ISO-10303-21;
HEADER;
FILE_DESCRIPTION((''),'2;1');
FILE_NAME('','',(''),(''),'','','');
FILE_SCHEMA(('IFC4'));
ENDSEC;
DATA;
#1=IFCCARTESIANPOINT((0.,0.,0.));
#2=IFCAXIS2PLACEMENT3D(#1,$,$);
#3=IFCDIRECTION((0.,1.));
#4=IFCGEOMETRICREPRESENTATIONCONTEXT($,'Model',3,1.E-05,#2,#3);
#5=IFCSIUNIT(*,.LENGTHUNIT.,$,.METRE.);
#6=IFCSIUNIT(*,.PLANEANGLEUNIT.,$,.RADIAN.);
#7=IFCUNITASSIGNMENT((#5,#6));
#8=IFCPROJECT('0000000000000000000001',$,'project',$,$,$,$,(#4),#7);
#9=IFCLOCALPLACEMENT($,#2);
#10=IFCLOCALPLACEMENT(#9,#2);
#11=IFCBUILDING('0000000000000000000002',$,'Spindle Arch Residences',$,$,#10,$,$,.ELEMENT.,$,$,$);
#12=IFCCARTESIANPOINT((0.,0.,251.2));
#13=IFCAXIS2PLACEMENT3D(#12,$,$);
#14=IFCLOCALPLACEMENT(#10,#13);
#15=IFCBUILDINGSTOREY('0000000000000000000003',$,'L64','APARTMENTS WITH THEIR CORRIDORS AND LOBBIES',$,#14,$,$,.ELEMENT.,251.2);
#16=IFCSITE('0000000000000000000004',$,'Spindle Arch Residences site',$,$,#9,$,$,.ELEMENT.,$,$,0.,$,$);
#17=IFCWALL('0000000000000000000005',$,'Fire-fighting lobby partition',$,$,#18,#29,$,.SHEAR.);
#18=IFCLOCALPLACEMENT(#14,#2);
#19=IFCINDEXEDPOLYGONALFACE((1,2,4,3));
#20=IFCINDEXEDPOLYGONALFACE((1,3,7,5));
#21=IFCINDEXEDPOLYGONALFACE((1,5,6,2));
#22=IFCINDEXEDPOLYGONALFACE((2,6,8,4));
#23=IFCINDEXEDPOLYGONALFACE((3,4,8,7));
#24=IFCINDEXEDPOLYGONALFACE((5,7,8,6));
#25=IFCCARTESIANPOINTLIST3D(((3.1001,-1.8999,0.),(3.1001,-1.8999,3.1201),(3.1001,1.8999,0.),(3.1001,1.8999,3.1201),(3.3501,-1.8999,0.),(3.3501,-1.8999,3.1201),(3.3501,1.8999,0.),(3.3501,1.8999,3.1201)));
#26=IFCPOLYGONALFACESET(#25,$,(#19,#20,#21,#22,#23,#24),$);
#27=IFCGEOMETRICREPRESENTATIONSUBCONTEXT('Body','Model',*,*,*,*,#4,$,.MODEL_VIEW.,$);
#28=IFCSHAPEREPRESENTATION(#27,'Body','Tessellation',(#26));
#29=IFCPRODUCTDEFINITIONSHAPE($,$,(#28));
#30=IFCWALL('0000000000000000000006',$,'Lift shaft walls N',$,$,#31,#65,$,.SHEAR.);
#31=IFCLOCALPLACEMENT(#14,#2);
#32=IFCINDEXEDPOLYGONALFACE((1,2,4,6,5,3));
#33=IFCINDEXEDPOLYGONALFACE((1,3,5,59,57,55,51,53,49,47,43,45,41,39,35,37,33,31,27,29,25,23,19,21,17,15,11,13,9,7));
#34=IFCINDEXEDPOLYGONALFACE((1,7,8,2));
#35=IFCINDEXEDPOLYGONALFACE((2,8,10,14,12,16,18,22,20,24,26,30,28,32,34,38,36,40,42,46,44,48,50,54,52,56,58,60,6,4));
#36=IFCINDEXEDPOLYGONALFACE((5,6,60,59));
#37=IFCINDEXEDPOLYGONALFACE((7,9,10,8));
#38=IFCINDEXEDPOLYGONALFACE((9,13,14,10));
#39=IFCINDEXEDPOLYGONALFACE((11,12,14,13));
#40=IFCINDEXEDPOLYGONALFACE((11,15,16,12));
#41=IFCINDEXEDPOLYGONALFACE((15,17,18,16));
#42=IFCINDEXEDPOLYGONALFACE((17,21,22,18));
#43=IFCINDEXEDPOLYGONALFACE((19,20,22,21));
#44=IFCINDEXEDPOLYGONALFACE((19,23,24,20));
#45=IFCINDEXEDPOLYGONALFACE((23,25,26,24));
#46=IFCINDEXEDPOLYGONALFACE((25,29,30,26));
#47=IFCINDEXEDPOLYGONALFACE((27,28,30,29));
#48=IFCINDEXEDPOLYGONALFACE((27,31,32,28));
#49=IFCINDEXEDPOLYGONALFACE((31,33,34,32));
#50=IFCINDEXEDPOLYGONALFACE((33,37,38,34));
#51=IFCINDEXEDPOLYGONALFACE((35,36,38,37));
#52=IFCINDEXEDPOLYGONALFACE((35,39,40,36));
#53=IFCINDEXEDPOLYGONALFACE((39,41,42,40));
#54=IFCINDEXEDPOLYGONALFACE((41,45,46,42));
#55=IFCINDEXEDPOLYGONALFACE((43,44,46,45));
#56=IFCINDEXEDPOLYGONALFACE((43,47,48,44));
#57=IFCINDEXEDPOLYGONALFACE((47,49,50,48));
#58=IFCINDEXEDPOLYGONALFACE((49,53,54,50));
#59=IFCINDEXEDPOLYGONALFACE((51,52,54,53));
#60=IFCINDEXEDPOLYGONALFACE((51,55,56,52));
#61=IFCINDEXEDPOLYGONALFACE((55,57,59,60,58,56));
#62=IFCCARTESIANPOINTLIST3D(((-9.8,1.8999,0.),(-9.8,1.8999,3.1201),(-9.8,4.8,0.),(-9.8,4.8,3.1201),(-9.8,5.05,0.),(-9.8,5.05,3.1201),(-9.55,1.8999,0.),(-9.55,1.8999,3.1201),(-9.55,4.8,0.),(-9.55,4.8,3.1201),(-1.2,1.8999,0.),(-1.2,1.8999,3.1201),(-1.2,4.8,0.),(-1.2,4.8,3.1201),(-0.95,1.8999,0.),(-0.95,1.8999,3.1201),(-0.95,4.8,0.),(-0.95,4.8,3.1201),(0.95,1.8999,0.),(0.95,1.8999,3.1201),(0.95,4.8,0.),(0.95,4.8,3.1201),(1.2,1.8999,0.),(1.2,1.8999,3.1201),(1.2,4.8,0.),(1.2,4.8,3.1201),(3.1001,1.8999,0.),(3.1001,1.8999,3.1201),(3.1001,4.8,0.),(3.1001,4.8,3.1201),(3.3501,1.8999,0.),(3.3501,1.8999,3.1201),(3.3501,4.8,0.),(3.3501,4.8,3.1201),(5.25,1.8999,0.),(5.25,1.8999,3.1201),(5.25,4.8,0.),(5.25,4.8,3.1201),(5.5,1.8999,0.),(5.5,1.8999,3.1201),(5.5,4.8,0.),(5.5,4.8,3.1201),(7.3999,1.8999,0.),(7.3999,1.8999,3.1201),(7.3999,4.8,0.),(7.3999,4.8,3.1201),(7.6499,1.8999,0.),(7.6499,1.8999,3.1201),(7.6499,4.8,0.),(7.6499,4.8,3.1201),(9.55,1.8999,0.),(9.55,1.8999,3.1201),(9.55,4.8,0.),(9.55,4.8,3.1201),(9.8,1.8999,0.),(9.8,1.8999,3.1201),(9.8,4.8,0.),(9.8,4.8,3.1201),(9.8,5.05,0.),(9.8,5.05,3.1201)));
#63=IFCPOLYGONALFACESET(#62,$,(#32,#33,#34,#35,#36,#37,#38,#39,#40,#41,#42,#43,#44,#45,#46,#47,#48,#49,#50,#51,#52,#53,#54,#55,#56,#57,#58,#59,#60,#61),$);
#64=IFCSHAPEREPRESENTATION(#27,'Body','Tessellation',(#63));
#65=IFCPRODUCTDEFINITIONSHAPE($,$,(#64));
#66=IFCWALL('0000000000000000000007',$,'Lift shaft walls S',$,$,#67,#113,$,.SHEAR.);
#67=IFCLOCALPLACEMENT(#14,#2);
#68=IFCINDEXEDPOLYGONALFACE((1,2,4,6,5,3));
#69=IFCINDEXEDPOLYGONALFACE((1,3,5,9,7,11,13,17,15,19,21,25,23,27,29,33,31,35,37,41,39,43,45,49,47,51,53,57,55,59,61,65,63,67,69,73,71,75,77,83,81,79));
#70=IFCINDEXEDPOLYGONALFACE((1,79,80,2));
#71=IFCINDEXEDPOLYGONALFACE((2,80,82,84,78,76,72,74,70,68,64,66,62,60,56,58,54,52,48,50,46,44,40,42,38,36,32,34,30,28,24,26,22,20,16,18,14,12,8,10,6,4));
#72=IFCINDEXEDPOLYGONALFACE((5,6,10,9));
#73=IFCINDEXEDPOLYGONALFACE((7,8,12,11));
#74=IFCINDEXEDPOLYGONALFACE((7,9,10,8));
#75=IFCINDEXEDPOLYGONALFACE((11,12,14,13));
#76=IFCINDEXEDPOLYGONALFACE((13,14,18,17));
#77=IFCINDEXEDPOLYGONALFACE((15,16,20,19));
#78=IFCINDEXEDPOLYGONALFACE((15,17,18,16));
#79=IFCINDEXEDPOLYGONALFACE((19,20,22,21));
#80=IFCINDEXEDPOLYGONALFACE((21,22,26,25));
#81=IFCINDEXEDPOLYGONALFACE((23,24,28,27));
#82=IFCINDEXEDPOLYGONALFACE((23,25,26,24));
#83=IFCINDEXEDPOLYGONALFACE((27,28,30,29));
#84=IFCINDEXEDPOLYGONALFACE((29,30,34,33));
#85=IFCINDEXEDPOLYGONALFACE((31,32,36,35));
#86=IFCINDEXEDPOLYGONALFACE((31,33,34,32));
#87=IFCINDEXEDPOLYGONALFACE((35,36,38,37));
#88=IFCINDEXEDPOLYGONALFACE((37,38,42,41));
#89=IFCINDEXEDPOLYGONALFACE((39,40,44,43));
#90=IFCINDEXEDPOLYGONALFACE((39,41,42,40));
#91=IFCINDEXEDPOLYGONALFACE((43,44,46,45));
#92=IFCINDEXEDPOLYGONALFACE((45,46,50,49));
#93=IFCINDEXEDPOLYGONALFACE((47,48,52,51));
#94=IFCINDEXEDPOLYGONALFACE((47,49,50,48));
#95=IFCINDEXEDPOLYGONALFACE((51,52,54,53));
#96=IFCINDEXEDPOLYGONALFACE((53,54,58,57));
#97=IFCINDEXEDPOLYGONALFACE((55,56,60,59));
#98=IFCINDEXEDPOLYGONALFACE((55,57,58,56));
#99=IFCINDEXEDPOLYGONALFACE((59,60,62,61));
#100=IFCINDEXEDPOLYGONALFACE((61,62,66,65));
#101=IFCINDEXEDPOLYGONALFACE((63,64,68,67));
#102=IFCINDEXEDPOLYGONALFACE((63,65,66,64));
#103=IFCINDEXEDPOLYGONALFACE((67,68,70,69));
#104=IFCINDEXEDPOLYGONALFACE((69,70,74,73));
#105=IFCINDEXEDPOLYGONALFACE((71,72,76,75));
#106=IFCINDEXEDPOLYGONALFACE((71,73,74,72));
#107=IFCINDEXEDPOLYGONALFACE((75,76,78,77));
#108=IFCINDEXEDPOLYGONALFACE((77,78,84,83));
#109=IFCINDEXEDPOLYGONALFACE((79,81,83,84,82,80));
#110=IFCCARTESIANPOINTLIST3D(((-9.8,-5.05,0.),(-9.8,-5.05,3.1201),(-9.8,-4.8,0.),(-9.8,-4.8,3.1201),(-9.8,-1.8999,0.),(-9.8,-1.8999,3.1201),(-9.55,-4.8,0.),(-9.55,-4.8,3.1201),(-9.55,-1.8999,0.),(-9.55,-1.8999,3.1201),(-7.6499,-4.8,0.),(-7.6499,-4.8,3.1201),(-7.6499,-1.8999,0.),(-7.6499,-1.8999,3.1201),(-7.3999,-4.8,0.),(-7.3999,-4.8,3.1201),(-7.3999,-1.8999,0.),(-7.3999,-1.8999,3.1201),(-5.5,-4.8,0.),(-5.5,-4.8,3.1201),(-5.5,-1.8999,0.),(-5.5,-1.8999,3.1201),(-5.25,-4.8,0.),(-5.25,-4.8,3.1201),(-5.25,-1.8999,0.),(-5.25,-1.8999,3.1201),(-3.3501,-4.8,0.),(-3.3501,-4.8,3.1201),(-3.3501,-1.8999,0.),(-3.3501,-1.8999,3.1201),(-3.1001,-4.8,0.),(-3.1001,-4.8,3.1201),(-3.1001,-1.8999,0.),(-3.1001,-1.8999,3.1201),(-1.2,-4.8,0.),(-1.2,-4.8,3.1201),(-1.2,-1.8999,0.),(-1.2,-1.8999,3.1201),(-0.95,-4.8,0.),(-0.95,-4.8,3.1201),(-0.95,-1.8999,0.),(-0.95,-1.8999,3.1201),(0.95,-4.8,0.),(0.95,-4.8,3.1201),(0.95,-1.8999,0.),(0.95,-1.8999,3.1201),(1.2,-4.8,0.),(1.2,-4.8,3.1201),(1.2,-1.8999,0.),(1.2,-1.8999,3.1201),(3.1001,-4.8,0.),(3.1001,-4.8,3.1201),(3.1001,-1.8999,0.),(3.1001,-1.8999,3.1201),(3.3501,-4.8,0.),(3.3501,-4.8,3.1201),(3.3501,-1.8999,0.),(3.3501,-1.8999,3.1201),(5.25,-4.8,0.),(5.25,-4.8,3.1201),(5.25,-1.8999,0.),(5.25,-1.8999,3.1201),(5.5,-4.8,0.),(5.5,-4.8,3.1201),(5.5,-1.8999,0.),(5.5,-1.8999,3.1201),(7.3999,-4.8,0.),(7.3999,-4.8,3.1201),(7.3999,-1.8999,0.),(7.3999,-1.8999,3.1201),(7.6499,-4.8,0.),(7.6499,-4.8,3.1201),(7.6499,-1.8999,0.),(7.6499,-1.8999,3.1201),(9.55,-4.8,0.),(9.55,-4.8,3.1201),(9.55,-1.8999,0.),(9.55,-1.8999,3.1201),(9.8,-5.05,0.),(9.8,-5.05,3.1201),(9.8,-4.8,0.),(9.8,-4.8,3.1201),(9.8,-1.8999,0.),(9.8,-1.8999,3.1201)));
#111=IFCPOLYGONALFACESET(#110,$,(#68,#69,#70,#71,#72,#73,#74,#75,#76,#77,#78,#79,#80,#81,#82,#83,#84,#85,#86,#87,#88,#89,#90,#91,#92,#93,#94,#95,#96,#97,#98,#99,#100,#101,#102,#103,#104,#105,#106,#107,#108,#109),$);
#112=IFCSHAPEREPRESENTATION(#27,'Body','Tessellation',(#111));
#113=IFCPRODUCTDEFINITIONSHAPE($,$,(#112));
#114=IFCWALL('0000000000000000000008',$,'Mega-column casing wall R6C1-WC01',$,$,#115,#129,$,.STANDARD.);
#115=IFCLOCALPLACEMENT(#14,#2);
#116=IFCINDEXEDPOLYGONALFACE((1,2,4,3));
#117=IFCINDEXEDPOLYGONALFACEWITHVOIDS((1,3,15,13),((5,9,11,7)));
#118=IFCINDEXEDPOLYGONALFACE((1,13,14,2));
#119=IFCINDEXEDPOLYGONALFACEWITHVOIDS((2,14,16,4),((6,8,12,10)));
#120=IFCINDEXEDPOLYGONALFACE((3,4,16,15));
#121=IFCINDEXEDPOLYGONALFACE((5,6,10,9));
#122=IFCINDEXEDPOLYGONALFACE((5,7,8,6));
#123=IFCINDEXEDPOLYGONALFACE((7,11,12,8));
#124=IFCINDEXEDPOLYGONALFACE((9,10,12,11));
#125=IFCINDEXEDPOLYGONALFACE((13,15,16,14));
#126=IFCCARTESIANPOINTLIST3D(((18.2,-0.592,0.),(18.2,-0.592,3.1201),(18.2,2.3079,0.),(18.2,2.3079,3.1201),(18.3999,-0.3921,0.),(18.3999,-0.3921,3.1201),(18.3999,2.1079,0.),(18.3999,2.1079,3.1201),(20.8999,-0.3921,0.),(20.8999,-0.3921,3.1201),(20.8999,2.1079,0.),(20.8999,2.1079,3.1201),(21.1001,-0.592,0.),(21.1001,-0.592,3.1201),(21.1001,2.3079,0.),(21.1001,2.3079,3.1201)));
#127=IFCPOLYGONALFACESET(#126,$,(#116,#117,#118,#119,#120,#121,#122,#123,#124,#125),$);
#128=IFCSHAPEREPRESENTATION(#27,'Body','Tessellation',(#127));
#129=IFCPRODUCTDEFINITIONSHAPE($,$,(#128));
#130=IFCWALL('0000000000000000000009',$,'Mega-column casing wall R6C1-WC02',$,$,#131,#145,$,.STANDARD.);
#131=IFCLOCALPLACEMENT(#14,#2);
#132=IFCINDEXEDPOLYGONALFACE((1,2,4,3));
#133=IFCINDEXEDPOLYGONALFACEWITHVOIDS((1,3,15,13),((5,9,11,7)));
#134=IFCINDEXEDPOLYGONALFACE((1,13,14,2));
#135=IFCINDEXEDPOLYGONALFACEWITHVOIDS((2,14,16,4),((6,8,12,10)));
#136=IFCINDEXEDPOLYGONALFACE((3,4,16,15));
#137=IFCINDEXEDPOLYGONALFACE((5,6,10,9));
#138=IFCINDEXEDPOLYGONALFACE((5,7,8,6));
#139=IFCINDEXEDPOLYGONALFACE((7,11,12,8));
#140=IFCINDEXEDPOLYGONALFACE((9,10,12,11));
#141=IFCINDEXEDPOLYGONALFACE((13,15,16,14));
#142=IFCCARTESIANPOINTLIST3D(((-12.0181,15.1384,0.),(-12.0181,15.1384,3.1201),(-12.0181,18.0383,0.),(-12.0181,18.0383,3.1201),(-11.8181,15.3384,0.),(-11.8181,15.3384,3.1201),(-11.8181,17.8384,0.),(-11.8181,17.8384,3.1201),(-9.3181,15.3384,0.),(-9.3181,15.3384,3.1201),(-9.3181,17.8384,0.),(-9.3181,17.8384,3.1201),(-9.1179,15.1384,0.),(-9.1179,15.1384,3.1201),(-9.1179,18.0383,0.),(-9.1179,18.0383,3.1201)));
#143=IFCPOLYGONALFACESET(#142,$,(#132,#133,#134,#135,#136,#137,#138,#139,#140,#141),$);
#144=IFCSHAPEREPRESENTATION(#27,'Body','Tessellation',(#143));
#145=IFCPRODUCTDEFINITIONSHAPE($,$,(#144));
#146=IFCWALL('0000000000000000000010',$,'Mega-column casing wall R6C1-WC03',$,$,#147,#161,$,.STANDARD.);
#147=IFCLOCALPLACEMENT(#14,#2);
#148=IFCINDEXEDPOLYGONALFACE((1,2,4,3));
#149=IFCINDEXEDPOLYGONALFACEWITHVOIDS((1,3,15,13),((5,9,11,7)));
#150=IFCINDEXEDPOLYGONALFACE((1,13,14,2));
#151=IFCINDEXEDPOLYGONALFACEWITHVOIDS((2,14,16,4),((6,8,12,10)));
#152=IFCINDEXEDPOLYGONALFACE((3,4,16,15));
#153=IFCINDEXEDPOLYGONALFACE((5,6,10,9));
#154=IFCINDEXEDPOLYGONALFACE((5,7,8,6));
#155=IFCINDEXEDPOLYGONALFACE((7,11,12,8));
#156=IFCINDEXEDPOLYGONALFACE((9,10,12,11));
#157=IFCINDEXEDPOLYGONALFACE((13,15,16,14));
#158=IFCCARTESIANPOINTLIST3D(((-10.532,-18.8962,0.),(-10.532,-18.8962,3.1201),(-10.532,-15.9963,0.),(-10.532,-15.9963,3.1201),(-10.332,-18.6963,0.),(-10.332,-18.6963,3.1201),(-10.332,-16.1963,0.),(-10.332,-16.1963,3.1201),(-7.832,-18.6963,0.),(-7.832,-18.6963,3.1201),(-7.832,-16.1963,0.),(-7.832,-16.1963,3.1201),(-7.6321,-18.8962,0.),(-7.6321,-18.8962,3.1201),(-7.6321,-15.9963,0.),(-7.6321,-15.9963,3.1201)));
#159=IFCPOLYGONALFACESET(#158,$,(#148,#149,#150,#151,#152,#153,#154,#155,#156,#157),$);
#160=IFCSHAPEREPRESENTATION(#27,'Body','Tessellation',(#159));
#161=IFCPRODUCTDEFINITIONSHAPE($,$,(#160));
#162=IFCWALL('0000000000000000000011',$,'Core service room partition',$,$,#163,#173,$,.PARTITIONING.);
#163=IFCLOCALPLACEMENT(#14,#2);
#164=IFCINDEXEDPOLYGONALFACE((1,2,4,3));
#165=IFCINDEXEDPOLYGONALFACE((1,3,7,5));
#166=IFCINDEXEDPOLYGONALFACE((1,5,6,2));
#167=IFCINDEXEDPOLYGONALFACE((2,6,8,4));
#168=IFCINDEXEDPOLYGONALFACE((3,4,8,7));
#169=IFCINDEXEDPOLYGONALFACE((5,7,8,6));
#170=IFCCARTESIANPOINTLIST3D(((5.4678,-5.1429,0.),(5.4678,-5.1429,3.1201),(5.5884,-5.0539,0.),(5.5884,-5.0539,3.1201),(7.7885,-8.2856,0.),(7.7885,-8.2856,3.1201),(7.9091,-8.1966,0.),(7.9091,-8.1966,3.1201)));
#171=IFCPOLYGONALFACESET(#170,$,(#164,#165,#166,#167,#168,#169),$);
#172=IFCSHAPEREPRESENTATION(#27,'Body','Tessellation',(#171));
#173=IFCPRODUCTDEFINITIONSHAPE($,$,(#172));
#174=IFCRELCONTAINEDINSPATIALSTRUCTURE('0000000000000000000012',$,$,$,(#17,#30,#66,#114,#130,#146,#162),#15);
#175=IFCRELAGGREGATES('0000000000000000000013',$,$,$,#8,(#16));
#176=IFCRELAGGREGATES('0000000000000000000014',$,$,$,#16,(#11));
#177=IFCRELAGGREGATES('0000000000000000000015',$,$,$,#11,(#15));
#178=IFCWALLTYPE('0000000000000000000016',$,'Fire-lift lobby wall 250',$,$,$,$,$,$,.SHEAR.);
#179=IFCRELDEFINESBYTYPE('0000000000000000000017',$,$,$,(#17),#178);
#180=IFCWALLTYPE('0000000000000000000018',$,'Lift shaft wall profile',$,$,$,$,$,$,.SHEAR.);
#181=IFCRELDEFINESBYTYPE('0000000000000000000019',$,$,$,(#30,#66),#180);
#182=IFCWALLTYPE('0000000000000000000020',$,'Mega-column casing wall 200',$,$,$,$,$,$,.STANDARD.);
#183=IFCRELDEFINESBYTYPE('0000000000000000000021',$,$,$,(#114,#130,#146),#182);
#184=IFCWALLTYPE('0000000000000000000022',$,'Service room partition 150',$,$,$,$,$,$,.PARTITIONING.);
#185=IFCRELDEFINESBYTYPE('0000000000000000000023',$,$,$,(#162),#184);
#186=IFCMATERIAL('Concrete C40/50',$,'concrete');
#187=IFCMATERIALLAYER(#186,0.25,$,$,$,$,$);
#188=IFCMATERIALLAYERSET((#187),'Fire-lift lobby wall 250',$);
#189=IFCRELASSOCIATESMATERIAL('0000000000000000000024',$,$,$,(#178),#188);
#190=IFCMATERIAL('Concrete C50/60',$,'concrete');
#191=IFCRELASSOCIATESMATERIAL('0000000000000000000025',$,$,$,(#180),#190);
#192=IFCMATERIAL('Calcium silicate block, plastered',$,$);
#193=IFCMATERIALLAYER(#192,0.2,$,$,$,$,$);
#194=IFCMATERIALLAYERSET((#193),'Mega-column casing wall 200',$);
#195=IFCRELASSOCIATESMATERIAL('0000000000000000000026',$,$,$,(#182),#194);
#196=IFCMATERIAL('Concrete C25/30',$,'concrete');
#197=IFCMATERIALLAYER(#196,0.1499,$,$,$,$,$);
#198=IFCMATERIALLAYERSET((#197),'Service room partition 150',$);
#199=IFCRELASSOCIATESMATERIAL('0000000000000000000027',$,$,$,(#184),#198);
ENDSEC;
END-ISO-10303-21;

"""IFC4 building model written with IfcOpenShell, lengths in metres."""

from ifc_helpers import new_model, si_unit, direction, frame, frame_2d, origin, place, context, subcontext, project, spatial, polyline, rectangle, outline, extrude, material, layer, layer_set, type_object, element, save


model = new_model("IFC4")

# Units and contexts
model_context = context("Model", 3, precision=1e-05, world=origin(), true_north=direction((0.0, 1.0)))
body_context = subcontext(model_context, "Body", "Model", "MODEL_VIEW")
ifc_project = project(units=[si_unit("LENGTHUNIT", "METRE"), si_unit("PLANEANGLEUNIT", "RADIAN")], contexts=[model_context])

# Site, building, storey
site_placement = place(None, origin())
site = spatial("IfcSite", under=ifc_project, at=site_placement, Name="Spindle Arch Residences site", CompositionType="ELEMENT", RefElevation=0.0)
building_placement = place(site_placement, origin())
building = spatial("IfcBuilding", under=site, at=building_placement, Name="Spindle Arch Residences", CompositionType="ELEMENT")
storey_placement = place(building_placement, frame((0.0, 0.0, 251.2)))
storey = spatial("IfcBuildingStorey", under=building, at=storey_placement, Name="L64", Description="APARTMENTS WITH THEIR CORRIDORS AND LOBBIES", CompositionType="ELEMENT", Elevation=251.2)

# Wall
ifc_material_1 = material(Name="Concrete C40/50", Category="concrete")
ifc_layer_1 = layer(ifc_material_1, 0.25)
ifc_layer_set_1 = layer_set([ifc_layer_1], Name="Fire-lift lobby wall 250")
wall_type_1 = type_object("IfcWallType", Name="Fire-lift lobby wall 250", PredefinedType="SHEAR", material=ifc_layer_set_1)
wall_1_placement = place(storey_placement, frame((3.2251, -1.8999, 0.0), z_axis=(0.0, 0.0, 1.0), x_axis=(0.0, 1.0, 0.0)))
element("IfcWall", 1, at=wall_1_placement, inside=storey, type_object=wall_type_1, Name="Fire-fighting lobby partition", PredefinedType="SHEAR", context=body_context, shape_type="SweptSolid", body=[
    extrude(rectangle(XDim=3.7998, YDim=0.25, at=frame_2d((1.8999, 0.0))), origin(), (0.0, 0.0, 1.0), 3.1201),
])

# Walls
ifc_material_2 = material(Name="Concrete C50/60", Category="concrete")
wall_type_2 = type_object("IfcWallType", Name="Lift shaft wall profile", PredefinedType="SHEAR", material=ifc_material_2)
wall_2_placement = place(storey_placement, origin())
element("IfcWall", 2, at=wall_2_placement, inside=storey, type_object=wall_type_2, Name="Lift shaft walls N", PredefinedType="SHEAR", context=body_context, shape_type="SweptSolid", body=[
    extrude(outline(polyline([(-9.55, 4.8), (-1.2, 4.8), (-1.2, 1.8999), (-0.95, 1.8999), (-0.95, 4.8), (0.95, 4.8), (0.95, 1.8999), (1.2, 1.8999), (1.2, 4.8), (3.1001, 4.8), (3.1001, 1.8999), (3.3501, 1.8999), (3.3501, 4.8), (5.25, 4.8), (5.25, 1.8999), (5.5, 1.8999), (5.5, 4.8), (7.3999, 4.8), (7.3999, 1.8999), (7.6499, 1.8999), (7.6499, 4.8), (9.55, 4.8), (9.55, 1.8999), (9.8, 1.8999), (9.8, 4.8), (9.8, 5.05), (-9.8, 5.05), (-9.8, 4.8), (-9.8, 1.8999), (-9.55, 1.8999), (-9.55, 4.8)])), origin(), (0.0, 0.0, 1.0), 3.1201),
])
wall_3_placement = place(storey_placement, origin())
element("IfcWall", 3, at=wall_3_placement, inside=storey, type_object=wall_type_2, Name="Lift shaft walls S", PredefinedType="SHEAR", context=body_context, shape_type="SweptSolid", body=[
    extrude(outline(polyline([(9.8, -5.05), (9.8, -4.8), (9.8, -1.8999), (9.55, -1.8999), (9.55, -4.8), (7.6499, -4.8), (7.6499, -1.8999), (7.3999, -1.8999), (7.3999, -4.8), (5.5, -4.8), (5.5, -1.8999), (5.25, -1.8999), (5.25, -4.8), (3.3501, -4.8), (3.3501, -1.8999), (3.1001, -1.8999), (3.1001, -4.8), (1.2, -4.8), (1.2, -1.8999), (0.95, -1.8999), (0.95, -4.8), (-0.95, -4.8), (-0.95, -1.8999), (-1.2, -1.8999), (-1.2, -4.8), (-3.1001, -4.8), (-3.1001, -1.8999), (-3.3501, -1.8999), (-3.3501, -4.8), (-5.25, -4.8), (-5.25, -1.8999), (-5.5, -1.8999), (-5.5, -4.8), (-7.3999, -4.8), (-7.3999, -1.8999), (-7.6499, -1.8999), (-7.6499, -4.8), (-9.55, -4.8), (-9.55, -1.8999), (-9.8, -1.8999), (-9.8, -4.8), (-9.8, -5.05), (9.8, -5.05)])), origin(), (0.0, 0.0, 1.0), 3.1201),
])
ifc_material_3 = material(Name="Calcium silicate block, plastered")
ifc_layer_2 = layer(ifc_material_3, 0.2)
ifc_layer_set_2 = layer_set([ifc_layer_2], Name="Mega-column casing wall 200")
wall_type_3 = type_object("IfcWallType", Name="Mega-column casing wall 200", PredefinedType="STANDARD", material=ifc_layer_set_2)
wall_4_placement = place(storey_placement, origin())
element("IfcWall", 4, at=wall_4_placement, inside=storey, type_object=wall_type_3, Name="Mega-column casing wall R6C1-WC01", PredefinedType="STANDARD", context=body_context, shape_type="SweptSolid", body=[
    extrude(outline(polyline([(21.1001, 2.3079), (21.1001, -0.592), (18.2, -0.592), (18.2, 2.3079), (21.1001, 2.3079)]), holes=[polyline([(18.3999, -0.3921), (20.8999, -0.3921), (20.8999, 2.1079), (18.3999, 2.1079), (18.3999, -0.3921)])]), origin(), (0.0, 0.0, 1.0), 3.1201),
])
wall_5_placement = place(storey_placement, origin())
element("IfcWall", 5, at=wall_5_placement, inside=storey, type_object=wall_type_3, Name="Mega-column casing wall R6C1-WC02", PredefinedType="STANDARD", context=body_context, shape_type="SweptSolid", body=[
    extrude(outline(polyline([(-9.1179, 18.0383), (-9.1179, 15.1384), (-12.0181, 15.1384), (-12.0181, 18.0383), (-9.1179, 18.0383)]), holes=[polyline([(-11.8181, 15.3384), (-9.3181, 15.3384), (-9.3181, 17.8384), (-11.8181, 17.8384), (-11.8181, 15.3384)])]), origin(), (0.0, 0.0, 1.0), 3.1201),
])
wall_6_placement = place(storey_placement, origin())
element("IfcWall", 6, at=wall_6_placement, inside=storey, type_object=wall_type_3, Name="Mega-column casing wall R6C1-WC03", PredefinedType="STANDARD", context=body_context, shape_type="SweptSolid", body=[
    extrude(outline(polyline([(-7.6321, -15.9963), (-7.6321, -18.8962), (-10.532, -18.8962), (-10.532, -15.9963), (-7.6321, -15.9963)]), holes=[polyline([(-10.332, -18.6963), (-7.832, -18.6963), (-7.832, -16.1963), (-10.332, -16.1963), (-10.332, -18.6963)])]), origin(), (0.0, 0.0, 1.0), 3.1201),
])
ifc_material_4 = material(Name="Concrete C25/30", Category="concrete")
ifc_layer_3 = layer(ifc_material_4, 0.1499)
ifc_layer_set_3 = layer_set([ifc_layer_3], Name="Service room partition 150")
wall_type_4 = type_object("IfcWallType", Name="Service room partition 150", PredefinedType="PARTITIONING", material=ifc_layer_set_3)
wall_7_placement = place(storey_placement, frame((5.5281, -5.0984, 0.0), z_axis=(0.0, 0.0, 1.0), x_axis=(0.594034, -0.80444, 0.0)))
element("IfcWall", 7, at=wall_7_placement, inside=storey, type_object=wall_type_4, Name="Core service room partition", PredefinedType="PARTITIONING", context=body_context, shape_type="SweptSolid", body=[
    extrude(rectangle(XDim=3.9067, YDim=0.1499, at=frame_2d((1.9534, 0.0))), origin(), (0.0, 0.0, 1.0), 3.1201),
])

save(model, "model.ifc")
